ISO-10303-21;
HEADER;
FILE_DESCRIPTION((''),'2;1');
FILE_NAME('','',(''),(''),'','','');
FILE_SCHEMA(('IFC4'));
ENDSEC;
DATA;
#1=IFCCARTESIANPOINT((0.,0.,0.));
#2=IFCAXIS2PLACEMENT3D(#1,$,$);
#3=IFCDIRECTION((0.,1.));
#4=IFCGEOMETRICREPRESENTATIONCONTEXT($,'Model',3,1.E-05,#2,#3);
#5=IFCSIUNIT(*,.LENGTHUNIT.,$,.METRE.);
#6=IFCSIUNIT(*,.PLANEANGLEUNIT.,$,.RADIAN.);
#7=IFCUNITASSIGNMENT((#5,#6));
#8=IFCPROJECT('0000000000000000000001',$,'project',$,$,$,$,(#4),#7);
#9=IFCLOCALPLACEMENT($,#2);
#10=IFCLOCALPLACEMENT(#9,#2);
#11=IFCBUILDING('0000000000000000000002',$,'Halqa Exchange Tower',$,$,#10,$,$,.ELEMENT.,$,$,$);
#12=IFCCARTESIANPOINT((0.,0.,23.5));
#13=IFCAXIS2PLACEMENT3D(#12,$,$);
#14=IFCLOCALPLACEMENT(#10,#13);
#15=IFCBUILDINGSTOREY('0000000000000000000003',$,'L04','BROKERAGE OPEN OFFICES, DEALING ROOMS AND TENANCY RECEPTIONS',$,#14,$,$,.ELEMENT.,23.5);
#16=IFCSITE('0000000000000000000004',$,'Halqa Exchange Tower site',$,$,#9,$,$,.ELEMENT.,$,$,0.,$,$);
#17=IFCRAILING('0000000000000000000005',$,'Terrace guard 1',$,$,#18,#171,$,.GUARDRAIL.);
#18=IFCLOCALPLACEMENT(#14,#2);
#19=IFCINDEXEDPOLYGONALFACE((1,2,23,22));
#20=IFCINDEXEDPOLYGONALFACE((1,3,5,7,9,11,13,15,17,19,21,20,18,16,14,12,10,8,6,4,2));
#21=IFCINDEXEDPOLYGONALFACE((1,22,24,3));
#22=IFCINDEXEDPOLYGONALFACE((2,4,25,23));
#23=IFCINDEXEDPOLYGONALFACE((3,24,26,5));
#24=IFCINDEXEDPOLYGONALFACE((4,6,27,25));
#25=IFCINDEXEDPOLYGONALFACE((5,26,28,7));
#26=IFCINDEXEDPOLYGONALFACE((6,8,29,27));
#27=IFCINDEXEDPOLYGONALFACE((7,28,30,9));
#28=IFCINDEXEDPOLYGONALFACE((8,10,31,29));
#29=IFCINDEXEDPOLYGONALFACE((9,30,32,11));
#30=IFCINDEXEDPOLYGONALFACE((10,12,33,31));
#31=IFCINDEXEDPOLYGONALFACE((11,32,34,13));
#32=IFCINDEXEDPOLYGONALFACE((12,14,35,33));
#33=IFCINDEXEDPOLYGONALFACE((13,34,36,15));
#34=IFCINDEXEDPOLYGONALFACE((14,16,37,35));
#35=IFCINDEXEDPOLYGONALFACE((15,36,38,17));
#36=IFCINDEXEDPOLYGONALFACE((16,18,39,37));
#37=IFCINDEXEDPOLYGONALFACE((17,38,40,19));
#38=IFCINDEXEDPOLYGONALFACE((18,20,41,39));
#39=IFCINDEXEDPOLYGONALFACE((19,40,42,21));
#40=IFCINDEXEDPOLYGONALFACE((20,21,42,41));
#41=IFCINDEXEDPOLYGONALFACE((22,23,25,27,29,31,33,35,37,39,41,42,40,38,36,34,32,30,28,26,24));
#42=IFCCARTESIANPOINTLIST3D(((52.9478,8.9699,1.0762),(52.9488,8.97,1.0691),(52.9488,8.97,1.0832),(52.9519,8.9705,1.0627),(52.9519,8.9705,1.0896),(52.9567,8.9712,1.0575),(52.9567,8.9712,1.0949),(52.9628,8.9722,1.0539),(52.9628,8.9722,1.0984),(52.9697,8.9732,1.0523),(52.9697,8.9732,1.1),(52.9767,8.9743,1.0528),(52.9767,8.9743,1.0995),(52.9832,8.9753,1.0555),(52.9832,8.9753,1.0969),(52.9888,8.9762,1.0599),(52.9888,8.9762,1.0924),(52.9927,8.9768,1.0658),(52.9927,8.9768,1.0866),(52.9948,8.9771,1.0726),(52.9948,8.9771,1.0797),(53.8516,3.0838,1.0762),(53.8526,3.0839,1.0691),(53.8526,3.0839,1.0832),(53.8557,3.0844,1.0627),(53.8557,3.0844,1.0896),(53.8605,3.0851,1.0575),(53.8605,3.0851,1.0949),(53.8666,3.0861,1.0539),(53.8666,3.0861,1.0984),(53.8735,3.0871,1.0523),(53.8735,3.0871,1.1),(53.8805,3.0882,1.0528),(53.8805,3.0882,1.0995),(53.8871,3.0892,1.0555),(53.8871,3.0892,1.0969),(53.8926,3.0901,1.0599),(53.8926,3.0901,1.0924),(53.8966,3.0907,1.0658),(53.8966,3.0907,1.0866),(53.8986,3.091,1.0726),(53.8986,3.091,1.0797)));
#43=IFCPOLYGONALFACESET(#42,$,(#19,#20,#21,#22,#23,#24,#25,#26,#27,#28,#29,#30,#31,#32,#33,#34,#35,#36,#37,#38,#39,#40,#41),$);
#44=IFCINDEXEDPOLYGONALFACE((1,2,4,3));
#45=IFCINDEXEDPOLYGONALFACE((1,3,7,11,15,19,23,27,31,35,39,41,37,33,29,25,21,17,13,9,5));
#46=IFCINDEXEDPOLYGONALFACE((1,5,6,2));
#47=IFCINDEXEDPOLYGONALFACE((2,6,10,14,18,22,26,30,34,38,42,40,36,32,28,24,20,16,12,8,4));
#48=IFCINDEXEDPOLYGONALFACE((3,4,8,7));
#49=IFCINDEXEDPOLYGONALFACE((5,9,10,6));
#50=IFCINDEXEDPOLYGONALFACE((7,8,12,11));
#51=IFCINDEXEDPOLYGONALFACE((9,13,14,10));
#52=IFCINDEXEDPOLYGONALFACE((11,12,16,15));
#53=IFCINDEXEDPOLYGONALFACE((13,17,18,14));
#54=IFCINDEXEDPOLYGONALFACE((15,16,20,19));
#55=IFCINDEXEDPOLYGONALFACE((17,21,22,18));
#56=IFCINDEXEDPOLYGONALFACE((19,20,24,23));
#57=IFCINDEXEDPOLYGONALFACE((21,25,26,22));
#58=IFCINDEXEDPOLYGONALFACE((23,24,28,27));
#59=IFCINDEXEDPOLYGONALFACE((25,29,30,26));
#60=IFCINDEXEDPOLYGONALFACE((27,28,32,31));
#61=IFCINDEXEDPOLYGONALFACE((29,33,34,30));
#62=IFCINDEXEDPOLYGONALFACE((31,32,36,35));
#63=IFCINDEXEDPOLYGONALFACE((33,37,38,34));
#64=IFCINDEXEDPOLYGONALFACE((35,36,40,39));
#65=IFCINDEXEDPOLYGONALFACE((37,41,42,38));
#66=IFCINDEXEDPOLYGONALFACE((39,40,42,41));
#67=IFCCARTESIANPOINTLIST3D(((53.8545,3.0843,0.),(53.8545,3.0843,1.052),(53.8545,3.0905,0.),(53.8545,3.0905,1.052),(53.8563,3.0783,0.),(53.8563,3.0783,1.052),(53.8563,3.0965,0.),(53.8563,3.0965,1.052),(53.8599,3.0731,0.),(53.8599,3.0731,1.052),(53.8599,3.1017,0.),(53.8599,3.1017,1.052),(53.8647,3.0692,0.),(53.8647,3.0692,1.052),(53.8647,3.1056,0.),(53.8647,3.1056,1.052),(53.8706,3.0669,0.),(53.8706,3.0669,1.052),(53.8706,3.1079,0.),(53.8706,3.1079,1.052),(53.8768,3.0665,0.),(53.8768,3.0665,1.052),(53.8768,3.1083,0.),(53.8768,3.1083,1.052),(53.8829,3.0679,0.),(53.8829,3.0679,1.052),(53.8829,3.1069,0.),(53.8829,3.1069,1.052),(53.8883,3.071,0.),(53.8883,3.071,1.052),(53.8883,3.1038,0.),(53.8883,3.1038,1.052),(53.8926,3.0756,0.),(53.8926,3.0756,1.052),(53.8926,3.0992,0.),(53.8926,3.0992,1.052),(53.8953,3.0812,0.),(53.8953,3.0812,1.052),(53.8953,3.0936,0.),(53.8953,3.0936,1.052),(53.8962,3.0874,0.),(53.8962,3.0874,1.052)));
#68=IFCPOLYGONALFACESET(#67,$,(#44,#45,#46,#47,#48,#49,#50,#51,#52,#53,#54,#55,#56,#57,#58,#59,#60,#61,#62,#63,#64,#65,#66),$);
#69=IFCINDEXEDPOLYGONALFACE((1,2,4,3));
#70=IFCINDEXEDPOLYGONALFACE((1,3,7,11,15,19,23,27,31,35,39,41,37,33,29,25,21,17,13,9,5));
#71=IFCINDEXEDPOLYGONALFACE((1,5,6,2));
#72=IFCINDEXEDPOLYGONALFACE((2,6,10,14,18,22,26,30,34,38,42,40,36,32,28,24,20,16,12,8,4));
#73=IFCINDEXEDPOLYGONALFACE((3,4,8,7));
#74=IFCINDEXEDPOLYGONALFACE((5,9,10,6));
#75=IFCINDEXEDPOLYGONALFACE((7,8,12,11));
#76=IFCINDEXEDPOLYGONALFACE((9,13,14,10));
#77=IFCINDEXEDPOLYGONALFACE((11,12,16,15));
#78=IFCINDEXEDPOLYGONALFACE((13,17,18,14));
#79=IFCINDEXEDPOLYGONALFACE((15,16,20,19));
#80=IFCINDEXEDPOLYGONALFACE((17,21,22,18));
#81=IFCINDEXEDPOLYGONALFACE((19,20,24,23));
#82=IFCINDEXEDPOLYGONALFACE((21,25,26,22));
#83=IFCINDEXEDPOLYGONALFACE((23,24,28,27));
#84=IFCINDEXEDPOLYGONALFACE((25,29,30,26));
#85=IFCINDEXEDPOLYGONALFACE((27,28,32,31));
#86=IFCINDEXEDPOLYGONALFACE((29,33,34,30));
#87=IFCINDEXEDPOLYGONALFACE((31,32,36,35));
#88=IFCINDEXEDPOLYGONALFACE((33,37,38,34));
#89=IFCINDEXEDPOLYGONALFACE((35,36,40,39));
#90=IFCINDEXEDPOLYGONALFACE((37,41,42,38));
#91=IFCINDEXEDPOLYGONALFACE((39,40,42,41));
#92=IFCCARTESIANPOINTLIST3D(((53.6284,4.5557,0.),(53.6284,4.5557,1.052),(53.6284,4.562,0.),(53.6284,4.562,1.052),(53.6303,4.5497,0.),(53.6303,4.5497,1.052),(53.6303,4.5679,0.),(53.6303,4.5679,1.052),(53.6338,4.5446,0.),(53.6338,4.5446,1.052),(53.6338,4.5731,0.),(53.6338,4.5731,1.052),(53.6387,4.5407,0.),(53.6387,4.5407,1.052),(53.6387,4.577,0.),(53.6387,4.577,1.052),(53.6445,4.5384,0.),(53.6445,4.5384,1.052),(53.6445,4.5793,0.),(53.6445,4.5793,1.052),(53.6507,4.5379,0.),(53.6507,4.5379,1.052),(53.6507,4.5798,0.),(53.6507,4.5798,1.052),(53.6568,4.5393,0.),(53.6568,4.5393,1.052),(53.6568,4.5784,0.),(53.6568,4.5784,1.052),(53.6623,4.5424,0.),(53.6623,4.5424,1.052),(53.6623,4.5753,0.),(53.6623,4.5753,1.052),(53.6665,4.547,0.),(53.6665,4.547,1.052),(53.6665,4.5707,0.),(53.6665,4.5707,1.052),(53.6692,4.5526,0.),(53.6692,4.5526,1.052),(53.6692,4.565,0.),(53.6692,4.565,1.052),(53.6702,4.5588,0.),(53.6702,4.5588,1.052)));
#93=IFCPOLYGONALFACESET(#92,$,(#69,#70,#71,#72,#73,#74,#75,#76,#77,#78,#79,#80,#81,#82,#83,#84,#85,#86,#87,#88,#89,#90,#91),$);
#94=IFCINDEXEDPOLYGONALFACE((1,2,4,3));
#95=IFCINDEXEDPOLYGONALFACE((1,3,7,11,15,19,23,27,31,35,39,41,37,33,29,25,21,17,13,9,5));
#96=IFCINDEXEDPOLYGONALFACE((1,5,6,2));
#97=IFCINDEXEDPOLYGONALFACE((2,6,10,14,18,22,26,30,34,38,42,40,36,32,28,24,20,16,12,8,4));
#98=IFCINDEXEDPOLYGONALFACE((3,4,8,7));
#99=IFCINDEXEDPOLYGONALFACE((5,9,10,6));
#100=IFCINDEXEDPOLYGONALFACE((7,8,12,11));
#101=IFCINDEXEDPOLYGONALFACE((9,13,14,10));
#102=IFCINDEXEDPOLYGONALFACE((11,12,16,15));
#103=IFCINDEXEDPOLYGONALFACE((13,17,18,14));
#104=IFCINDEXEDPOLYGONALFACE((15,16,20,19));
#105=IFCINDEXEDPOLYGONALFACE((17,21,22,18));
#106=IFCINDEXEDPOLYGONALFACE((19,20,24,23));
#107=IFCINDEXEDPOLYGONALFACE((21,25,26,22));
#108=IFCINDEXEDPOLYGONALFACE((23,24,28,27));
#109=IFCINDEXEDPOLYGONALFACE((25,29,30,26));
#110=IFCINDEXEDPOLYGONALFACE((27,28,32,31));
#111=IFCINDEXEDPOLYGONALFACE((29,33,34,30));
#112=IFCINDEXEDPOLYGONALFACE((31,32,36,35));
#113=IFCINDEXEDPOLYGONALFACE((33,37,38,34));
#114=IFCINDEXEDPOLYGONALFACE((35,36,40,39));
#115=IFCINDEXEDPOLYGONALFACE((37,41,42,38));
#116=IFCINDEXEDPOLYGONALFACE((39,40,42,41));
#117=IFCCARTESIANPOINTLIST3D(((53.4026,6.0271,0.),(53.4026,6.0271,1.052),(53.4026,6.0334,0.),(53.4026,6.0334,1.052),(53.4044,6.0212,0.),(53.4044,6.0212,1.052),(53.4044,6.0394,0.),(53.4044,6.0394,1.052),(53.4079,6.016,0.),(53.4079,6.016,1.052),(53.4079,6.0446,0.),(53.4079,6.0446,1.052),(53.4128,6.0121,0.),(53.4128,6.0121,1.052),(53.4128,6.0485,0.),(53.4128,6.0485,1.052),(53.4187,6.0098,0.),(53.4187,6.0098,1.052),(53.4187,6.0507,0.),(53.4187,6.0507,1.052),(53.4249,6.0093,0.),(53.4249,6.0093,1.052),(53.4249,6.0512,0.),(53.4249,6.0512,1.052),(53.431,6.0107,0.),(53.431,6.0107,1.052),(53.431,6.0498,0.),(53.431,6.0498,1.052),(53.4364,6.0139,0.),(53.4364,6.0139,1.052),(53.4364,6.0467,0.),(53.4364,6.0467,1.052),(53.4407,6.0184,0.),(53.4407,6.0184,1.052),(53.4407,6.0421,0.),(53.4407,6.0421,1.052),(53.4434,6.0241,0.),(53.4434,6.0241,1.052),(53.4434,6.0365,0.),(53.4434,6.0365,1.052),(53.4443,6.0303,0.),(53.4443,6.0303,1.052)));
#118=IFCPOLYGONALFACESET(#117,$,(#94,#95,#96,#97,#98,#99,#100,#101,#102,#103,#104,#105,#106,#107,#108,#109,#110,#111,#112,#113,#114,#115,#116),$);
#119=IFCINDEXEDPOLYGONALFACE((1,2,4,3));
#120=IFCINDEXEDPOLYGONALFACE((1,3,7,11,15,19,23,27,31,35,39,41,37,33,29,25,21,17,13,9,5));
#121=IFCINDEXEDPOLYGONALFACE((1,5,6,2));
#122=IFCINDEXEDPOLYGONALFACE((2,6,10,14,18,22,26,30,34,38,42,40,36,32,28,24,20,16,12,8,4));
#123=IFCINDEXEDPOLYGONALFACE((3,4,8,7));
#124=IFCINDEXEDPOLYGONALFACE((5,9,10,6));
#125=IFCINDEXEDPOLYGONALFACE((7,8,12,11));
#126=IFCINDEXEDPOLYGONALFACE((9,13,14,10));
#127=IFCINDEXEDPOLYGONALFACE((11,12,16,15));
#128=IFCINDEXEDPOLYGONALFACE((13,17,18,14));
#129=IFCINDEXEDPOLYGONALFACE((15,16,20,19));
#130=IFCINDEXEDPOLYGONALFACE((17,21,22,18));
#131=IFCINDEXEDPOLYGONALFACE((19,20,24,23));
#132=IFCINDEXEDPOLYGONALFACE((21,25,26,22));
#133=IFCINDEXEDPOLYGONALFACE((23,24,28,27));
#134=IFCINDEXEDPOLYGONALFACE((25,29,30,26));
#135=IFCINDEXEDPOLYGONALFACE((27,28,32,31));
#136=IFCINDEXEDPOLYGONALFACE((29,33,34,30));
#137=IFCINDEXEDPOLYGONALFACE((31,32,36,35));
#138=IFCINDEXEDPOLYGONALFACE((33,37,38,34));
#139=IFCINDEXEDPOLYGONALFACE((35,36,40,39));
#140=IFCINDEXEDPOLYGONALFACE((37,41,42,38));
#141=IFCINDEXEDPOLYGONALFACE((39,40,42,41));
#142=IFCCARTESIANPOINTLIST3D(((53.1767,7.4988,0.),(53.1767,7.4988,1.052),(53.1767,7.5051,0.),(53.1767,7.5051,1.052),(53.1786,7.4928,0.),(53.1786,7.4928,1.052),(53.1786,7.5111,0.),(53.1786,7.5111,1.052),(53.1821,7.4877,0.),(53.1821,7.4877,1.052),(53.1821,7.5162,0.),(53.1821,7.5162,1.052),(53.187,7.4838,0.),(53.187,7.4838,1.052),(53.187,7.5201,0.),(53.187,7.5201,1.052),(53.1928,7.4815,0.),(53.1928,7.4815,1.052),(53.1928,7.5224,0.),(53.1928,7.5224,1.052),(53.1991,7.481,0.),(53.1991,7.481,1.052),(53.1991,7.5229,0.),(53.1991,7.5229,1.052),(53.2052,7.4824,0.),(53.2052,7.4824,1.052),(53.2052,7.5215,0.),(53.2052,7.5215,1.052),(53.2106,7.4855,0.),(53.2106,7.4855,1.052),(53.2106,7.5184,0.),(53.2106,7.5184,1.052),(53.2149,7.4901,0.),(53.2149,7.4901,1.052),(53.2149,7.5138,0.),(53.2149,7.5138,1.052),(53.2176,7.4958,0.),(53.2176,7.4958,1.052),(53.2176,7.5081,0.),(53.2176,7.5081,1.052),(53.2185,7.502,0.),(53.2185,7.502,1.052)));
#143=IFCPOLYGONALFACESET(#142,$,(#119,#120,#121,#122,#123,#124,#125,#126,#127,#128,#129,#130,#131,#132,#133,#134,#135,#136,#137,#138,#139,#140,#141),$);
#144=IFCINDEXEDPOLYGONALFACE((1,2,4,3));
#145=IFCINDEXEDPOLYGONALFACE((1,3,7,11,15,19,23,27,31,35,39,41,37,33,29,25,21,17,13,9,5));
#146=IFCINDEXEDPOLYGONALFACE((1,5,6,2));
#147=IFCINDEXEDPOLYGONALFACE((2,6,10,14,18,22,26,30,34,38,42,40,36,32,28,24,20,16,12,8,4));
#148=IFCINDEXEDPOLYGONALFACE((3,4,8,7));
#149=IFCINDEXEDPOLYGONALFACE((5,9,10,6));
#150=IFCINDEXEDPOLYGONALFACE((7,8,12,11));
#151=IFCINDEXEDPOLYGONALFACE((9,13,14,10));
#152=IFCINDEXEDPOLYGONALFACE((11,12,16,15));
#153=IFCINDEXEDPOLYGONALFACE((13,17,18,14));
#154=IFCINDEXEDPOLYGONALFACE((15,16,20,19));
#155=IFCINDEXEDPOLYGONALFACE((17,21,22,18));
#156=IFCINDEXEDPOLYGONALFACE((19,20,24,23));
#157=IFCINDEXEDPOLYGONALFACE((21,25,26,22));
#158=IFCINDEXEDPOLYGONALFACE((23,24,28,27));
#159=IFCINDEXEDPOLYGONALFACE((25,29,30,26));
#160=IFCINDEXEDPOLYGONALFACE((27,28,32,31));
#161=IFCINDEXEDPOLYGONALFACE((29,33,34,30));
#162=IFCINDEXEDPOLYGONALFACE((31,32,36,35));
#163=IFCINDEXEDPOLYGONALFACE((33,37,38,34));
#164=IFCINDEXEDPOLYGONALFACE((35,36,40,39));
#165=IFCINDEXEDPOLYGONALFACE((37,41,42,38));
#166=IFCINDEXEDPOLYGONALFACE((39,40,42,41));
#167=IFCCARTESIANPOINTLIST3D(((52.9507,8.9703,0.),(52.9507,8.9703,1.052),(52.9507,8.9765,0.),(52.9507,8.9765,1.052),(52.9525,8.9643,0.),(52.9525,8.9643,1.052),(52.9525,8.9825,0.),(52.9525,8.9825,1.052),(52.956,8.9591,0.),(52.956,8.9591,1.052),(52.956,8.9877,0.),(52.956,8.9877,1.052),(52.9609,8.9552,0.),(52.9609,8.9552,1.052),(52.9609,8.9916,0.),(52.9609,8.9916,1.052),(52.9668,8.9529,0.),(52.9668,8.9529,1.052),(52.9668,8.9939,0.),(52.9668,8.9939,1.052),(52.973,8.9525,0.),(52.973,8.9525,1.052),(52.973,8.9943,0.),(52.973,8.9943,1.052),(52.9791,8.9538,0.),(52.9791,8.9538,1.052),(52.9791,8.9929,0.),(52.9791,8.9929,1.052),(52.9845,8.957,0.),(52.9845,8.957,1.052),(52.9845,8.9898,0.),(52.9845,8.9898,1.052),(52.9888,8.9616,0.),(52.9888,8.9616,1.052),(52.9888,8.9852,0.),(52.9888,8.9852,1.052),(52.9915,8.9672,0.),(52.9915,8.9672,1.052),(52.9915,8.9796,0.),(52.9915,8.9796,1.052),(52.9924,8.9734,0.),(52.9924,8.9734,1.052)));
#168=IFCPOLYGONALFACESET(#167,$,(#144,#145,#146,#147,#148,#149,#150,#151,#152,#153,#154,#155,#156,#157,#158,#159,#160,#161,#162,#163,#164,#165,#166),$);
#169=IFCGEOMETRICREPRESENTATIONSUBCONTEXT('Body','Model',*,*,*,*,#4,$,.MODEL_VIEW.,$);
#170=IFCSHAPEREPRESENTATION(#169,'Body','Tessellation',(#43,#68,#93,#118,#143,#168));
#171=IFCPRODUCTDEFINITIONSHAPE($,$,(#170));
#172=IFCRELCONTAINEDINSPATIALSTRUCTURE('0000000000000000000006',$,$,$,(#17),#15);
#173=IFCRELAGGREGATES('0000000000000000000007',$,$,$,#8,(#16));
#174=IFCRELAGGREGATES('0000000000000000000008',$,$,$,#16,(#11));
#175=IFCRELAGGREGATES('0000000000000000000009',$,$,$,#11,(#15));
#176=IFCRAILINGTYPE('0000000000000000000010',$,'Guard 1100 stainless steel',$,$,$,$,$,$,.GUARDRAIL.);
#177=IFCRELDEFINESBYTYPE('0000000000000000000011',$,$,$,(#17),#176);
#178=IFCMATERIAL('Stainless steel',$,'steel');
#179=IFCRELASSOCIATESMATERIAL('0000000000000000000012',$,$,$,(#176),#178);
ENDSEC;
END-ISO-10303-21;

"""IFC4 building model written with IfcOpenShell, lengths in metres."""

from ifc_helpers import new_model, si_unit, direction, frame, origin, origin_2d, place, context, subcontext, project, spatial, circle, extrude, material, type_object, element, save


model = new_model("IFC4")

# Units and contexts
model_context = context("Model", 3, precision=1e-05, world=origin(), true_north=direction((0.0, 1.0)))
body_context = subcontext(model_context, "Body", "Model", "MODEL_VIEW")
ifc_project = project(units=[si_unit("LENGTHUNIT", "METRE"), si_unit("PLANEANGLEUNIT", "RADIAN")], contexts=[model_context])

# Site, building, storey
site_placement = place(None, origin())
site = spatial("IfcSite", under=ifc_project, at=site_placement, Name="Halqa Exchange Tower site", CompositionType="ELEMENT", RefElevation=0.0)
building_placement = place(site_placement, origin())
building = spatial("IfcBuilding", under=site, at=building_placement, Name="Halqa Exchange Tower", CompositionType="ELEMENT")
storey_placement = place(building_placement, frame((0.0, 0.0, 23.5)))
storey = spatial("IfcBuildingStorey", under=building, at=storey_placement, Name="L04", Description="BROKERAGE OPEN OFFICES, DEALING ROOMS AND TENANCY RECEPTIONS", CompositionType="ELEMENT", Elevation=23.5)

# Railing
ifc_material_1 = material(Name="Stainless steel", Category="steel")
railing_type = type_object("IfcRailingType", Name="Guard 1100 stainless steel", PredefinedType="GUARDRAIL", material=ifc_material_1)
railing_1_placement = place(storey_placement, frame((53.8752, 3.0874, 0.0)))
element("IfcRailing", 1, at=railing_1_placement, inside=storey, type_object=railing_type, Name="Terrace guard 1", PredefinedType="GUARDRAIL", context=body_context, shape_type="SweptSolid", body=[
    extrude(circle(Radius=0.0239, at=origin_2d()), frame((0.0, 0.0, 1.0762), z_axis=(-0.151774, 0.988415, 0.0), x_axis=(-0.988415, -0.151774, 0.0)), (0.0, 0.0, 1.0), 5.9551),
    extrude(circle(Radius=0.021, at=origin_2d()), origin(), (0.0, 0.0, 1.0), 1.052),
    extrude(circle(Radius=0.021, at=origin_2d()), frame((-0.2261, 1.4714, 0.0)), (0.0, 0.0, 1.0), 1.052),
    extrude(circle(Radius=0.021, at=origin_2d()), frame((-0.4519, 2.9429, 0.0)), (0.0, 0.0, 1.0), 1.052),
    extrude(circle(Radius=0.021, at=origin_2d()), frame((-0.6777, 4.4146, 0.0)), (0.0, 0.0, 1.0), 1.052),
    extrude(circle(Radius=0.021, at=origin_2d()), frame((-0.9038, 5.886, 0.0)), (0.0, 0.0, 1.0), 1.052),
])

save(model, "model.ifc")
